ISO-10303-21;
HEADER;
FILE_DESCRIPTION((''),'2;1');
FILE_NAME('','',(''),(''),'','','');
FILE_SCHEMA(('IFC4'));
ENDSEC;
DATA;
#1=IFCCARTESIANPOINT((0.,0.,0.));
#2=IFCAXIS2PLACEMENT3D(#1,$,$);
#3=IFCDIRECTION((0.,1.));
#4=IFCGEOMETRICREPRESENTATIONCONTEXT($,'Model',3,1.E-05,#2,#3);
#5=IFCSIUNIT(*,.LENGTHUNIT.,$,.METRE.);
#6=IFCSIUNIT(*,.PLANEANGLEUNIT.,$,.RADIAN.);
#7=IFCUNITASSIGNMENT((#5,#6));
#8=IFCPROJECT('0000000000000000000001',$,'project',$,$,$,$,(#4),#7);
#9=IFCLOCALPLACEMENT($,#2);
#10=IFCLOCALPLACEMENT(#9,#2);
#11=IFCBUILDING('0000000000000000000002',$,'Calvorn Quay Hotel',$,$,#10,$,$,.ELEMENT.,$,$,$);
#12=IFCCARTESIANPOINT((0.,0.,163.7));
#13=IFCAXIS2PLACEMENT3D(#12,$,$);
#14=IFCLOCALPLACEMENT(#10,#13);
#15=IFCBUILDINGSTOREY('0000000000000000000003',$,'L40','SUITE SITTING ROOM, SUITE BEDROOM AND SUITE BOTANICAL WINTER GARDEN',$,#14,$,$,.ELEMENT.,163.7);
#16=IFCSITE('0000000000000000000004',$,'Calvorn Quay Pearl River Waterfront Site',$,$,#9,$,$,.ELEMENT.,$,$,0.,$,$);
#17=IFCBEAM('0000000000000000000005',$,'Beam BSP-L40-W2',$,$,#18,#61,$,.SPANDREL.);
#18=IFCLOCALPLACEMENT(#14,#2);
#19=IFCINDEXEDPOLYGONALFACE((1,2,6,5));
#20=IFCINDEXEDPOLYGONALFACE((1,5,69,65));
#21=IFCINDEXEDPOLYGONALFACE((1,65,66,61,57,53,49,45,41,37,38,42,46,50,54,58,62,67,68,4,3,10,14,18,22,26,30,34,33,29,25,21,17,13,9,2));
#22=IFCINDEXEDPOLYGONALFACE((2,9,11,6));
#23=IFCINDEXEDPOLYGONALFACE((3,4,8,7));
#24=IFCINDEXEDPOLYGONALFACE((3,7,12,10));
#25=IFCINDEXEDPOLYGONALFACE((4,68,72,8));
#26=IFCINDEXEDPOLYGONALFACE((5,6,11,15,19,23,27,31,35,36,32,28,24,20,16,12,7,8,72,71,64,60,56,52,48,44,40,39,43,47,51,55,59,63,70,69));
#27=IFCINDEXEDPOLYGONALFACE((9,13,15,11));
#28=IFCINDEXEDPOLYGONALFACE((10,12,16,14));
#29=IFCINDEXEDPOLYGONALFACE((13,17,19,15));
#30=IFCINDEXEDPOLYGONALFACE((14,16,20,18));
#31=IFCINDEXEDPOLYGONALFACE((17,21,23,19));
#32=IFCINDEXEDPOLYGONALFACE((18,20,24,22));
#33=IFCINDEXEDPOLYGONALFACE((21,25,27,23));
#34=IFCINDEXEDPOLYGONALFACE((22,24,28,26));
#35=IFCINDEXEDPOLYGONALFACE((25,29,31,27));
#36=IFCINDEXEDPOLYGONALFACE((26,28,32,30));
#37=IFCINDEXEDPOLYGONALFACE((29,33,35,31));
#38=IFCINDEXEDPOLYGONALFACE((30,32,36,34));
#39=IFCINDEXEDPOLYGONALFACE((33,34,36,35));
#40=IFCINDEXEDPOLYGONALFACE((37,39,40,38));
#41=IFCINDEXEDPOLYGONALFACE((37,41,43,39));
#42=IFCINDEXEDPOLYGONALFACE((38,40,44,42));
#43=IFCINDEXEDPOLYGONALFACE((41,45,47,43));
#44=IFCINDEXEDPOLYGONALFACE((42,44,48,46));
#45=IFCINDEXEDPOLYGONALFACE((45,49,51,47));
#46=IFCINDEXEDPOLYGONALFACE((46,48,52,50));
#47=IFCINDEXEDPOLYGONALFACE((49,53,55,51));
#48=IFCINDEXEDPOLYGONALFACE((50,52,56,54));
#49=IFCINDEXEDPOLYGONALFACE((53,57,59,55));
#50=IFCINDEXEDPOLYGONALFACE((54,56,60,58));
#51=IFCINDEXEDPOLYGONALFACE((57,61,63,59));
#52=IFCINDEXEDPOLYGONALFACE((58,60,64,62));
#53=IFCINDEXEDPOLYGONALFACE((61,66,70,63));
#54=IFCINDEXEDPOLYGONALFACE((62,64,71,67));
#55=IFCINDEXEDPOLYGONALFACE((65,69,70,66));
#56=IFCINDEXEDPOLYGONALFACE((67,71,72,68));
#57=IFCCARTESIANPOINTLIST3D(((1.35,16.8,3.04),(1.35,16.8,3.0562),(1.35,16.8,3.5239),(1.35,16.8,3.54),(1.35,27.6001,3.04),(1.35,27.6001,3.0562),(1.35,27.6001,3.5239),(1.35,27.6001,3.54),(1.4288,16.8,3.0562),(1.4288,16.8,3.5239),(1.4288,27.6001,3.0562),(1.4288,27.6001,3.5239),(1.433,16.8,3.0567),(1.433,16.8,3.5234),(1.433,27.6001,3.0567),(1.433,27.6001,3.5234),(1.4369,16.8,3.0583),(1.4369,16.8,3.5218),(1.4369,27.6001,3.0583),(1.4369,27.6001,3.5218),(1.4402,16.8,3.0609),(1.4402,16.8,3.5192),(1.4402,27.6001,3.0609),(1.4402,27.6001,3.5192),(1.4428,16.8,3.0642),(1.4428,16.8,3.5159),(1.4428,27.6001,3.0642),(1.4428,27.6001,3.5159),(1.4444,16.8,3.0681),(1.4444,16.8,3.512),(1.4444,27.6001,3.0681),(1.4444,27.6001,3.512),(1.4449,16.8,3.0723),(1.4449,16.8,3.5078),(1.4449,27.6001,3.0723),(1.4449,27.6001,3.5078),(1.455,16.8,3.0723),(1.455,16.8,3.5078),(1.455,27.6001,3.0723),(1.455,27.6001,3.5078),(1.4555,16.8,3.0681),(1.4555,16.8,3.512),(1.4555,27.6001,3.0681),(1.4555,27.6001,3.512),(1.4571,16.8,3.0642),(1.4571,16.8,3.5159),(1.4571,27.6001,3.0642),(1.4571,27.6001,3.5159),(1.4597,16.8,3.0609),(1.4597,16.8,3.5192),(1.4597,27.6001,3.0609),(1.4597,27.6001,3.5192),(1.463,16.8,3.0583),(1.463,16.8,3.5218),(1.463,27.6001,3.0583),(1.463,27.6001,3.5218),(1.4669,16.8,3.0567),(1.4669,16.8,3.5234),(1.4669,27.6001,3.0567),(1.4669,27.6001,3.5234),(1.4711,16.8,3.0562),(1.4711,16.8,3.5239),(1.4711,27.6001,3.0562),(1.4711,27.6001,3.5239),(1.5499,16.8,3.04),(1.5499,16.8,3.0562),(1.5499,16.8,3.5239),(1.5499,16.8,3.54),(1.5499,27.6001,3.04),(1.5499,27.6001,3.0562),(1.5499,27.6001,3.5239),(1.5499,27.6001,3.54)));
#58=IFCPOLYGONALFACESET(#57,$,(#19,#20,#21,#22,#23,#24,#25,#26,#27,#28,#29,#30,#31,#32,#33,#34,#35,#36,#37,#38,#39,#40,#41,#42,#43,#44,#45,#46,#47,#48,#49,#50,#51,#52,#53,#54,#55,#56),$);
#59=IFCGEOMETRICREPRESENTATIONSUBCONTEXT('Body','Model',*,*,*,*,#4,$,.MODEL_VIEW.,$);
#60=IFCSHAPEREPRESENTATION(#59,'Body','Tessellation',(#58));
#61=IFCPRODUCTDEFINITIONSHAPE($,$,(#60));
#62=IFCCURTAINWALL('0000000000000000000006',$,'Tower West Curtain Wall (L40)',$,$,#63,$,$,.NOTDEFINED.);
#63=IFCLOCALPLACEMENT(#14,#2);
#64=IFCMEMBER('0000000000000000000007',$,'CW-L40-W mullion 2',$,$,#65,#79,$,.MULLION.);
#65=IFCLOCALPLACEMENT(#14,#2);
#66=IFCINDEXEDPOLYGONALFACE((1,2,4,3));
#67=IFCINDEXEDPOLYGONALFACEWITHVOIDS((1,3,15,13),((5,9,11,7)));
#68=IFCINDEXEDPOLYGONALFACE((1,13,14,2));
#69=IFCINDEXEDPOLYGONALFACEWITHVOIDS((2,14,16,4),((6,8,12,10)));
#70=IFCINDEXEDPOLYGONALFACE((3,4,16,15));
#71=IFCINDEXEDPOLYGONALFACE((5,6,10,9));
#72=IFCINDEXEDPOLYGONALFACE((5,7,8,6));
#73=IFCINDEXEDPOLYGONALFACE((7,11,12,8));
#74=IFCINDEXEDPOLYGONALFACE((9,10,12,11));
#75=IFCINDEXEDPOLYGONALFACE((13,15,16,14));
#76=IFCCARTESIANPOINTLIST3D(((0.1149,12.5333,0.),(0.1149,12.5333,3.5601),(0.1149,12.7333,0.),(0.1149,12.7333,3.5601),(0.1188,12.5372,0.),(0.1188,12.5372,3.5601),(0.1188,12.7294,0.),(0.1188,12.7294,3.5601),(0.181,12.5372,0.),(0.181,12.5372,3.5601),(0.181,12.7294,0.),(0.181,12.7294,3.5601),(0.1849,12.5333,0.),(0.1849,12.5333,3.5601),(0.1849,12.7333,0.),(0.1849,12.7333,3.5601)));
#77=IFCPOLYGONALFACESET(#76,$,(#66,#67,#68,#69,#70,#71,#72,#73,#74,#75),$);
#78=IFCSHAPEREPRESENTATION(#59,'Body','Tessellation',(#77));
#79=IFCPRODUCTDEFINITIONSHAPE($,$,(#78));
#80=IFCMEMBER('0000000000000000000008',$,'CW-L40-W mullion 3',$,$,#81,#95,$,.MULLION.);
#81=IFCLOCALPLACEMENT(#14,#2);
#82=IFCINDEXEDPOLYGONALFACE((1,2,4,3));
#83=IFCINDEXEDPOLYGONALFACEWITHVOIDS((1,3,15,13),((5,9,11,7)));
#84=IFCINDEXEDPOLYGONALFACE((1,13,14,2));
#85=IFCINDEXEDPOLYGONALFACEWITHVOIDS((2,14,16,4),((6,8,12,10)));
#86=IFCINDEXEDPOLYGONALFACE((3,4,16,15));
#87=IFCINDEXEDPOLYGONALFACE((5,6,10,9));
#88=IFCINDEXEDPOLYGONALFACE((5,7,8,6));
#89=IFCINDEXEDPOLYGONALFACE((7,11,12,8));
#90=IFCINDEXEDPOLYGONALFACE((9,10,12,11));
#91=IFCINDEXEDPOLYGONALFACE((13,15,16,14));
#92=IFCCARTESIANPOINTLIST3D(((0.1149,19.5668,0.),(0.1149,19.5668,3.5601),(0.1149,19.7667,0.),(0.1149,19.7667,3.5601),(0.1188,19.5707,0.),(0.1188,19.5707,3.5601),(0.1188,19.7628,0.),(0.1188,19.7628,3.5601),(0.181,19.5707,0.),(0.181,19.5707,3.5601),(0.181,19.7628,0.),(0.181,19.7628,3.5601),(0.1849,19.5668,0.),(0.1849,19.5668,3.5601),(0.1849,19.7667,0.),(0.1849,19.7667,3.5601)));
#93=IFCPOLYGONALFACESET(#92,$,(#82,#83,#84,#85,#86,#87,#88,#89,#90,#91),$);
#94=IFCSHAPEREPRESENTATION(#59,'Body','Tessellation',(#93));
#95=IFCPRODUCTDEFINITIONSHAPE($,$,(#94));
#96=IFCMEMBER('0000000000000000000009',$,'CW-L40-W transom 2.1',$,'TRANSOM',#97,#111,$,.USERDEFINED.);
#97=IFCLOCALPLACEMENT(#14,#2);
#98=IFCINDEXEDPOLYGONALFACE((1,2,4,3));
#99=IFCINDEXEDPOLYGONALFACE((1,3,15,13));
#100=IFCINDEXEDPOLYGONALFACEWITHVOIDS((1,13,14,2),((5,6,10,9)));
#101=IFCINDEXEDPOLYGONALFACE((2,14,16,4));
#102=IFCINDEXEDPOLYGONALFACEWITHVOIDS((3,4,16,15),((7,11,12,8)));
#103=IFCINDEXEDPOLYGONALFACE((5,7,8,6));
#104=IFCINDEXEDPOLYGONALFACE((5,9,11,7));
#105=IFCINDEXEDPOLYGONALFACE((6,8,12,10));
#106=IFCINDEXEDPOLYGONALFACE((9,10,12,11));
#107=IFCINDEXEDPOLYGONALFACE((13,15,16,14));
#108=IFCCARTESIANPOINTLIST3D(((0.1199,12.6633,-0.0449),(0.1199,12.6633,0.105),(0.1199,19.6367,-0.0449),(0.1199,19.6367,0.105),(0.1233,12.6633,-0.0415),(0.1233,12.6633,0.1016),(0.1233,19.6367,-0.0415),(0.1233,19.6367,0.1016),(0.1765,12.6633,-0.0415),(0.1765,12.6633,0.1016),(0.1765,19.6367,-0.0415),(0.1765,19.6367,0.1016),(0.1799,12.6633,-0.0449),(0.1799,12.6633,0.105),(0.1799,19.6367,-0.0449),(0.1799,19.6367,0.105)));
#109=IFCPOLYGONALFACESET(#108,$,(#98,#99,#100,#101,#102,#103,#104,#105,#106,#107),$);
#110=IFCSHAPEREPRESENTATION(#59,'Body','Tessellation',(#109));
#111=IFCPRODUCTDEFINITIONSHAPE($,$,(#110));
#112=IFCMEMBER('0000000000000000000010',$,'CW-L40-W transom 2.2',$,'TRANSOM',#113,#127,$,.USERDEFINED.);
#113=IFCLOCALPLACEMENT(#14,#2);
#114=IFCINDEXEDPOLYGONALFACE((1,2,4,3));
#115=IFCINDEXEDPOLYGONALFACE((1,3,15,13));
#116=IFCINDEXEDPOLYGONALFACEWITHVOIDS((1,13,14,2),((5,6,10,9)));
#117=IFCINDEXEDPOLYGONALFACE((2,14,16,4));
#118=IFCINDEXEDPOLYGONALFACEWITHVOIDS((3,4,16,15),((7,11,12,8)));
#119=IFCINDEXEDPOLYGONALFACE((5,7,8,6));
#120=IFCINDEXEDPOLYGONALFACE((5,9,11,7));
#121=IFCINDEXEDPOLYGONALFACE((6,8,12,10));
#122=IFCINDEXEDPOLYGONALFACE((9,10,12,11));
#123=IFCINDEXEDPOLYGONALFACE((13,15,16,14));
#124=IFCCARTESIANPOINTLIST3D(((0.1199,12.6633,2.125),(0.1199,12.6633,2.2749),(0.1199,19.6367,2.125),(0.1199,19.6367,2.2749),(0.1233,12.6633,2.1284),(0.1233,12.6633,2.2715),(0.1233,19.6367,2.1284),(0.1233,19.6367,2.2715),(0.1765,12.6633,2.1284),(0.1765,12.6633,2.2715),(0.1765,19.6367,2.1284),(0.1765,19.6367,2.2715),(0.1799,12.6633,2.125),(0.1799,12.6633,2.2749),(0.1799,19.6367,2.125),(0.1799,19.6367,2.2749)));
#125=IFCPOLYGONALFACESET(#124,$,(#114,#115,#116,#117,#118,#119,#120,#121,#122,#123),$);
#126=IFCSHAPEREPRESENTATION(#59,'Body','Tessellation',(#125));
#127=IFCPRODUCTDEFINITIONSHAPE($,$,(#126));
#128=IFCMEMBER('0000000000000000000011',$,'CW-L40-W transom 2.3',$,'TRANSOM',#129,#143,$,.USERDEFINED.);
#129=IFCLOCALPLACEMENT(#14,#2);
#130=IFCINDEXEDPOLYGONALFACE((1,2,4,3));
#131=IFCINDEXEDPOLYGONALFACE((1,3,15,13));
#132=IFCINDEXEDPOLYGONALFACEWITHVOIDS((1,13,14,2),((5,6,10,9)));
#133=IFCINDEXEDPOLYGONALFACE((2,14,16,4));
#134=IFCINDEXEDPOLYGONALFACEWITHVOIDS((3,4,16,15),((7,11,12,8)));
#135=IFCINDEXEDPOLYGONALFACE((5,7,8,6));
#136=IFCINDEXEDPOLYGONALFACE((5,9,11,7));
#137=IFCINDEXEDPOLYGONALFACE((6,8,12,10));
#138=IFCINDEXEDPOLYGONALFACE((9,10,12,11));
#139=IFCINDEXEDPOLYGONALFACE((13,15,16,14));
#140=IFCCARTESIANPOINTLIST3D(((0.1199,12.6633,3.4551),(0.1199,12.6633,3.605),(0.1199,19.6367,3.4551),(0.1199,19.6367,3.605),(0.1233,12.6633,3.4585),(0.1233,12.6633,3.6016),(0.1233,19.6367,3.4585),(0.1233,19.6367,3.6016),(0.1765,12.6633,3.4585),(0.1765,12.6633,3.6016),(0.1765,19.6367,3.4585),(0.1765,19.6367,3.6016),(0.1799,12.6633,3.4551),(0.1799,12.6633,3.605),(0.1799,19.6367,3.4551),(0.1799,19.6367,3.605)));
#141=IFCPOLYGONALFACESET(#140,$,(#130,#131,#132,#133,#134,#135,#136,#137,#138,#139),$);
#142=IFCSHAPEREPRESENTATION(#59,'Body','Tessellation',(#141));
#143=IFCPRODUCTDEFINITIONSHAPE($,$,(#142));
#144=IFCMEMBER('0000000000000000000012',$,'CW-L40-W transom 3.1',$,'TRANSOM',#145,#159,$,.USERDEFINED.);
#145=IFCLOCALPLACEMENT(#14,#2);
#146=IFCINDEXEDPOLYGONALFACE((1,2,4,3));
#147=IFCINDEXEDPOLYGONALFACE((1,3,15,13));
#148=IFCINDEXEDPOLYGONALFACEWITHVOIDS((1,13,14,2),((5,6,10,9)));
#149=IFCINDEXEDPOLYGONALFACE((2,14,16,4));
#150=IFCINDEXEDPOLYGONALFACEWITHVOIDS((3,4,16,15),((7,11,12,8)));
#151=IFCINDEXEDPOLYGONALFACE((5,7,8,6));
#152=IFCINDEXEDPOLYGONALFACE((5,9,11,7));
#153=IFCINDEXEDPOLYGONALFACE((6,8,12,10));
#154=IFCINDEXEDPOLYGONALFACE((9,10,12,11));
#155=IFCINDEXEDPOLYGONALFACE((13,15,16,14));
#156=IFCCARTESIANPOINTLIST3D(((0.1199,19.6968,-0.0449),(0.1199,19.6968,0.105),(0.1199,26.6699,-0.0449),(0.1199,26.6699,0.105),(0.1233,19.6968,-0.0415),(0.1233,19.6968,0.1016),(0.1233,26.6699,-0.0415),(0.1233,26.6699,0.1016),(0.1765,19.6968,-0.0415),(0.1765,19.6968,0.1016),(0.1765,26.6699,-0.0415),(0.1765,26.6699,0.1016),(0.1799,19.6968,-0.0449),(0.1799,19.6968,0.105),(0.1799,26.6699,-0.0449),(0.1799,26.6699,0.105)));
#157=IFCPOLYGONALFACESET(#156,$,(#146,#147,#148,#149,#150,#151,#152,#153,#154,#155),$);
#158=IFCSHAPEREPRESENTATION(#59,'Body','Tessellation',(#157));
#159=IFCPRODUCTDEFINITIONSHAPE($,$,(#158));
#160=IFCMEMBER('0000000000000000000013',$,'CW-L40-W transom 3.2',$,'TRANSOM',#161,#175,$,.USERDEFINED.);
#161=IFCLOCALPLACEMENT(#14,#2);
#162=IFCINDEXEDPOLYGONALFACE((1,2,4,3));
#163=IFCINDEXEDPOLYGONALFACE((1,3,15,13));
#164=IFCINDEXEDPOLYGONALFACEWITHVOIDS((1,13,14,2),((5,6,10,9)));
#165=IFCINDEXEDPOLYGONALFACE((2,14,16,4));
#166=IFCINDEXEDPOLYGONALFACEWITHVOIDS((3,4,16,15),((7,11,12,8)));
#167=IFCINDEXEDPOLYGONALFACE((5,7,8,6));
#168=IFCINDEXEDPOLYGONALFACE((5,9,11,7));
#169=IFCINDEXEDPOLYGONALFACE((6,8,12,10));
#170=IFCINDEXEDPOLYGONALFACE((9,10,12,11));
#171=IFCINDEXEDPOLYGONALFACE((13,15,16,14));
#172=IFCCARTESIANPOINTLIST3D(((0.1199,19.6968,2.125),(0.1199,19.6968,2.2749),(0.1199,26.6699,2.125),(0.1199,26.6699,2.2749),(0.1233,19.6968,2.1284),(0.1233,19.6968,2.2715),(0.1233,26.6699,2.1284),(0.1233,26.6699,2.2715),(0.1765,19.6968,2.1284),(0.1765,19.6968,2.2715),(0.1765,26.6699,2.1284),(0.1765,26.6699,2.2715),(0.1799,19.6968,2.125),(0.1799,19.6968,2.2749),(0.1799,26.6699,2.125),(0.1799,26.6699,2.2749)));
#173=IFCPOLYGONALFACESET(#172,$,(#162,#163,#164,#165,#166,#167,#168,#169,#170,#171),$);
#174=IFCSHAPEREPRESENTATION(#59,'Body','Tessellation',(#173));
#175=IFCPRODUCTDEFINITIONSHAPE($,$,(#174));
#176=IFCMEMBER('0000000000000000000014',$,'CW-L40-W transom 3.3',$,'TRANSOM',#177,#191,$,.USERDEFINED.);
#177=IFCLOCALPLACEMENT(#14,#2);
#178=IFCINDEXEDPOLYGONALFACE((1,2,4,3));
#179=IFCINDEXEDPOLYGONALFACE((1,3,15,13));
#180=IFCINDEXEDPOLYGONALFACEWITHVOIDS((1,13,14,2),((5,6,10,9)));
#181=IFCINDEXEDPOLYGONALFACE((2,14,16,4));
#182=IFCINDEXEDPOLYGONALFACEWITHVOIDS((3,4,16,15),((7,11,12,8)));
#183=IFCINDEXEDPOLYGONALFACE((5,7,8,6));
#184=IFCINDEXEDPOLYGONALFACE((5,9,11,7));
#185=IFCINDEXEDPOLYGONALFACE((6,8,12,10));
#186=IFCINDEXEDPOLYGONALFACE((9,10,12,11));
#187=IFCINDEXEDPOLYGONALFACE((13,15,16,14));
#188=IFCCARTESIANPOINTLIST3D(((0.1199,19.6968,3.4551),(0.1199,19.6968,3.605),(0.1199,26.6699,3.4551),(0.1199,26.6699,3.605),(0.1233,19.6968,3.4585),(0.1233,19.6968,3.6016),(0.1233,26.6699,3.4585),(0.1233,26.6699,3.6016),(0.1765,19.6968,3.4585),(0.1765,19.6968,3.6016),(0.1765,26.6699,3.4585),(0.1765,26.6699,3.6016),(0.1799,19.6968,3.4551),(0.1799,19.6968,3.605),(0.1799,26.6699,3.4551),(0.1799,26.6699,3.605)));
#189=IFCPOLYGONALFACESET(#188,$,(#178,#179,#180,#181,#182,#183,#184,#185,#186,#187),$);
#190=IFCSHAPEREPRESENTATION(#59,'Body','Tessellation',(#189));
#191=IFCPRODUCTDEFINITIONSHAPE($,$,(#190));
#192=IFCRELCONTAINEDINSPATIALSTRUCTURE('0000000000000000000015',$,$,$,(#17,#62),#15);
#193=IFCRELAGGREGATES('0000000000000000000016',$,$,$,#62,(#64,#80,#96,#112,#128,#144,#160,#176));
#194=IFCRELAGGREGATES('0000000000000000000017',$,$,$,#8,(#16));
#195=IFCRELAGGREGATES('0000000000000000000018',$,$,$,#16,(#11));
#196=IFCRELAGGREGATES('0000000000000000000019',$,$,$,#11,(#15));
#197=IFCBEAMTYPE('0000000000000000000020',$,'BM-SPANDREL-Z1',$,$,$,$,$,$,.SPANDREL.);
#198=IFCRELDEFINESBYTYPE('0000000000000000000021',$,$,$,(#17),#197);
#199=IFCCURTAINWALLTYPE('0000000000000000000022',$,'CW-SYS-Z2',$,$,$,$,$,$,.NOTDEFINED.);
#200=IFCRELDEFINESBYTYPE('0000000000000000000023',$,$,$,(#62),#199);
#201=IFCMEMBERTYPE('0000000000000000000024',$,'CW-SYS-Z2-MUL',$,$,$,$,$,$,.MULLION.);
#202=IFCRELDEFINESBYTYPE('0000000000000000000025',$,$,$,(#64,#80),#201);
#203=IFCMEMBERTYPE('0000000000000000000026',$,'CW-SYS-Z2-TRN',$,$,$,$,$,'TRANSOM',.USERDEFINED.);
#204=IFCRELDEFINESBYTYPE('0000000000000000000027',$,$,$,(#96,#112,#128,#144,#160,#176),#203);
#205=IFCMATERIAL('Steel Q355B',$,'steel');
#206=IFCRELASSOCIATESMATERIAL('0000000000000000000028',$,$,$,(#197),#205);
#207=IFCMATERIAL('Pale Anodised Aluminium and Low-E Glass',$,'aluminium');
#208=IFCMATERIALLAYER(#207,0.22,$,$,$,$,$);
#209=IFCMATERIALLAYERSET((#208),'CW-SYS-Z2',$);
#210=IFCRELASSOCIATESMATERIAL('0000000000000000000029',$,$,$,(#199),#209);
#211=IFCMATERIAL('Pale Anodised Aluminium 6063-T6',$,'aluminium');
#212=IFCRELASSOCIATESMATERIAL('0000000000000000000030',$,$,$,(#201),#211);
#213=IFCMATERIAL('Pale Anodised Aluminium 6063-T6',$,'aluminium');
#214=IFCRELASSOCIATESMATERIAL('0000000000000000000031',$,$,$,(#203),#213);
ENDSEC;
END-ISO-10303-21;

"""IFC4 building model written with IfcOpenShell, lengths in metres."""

from ifc_helpers import new_model, si_unit, direction, frame, origin, origin_2d, place, context, subcontext, project, spatial, hollow_rectangle, i_section, extrude, material, layer, layer_set, material_profile, profile_set, type_object, element, aggregate, save


model = new_model("IFC4")

# Units and contexts
model_context = context("Model", 3, precision=1e-05, world=origin(), true_north=direction((0.0, 1.0)))
body_context = subcontext(model_context, "Body", "Model", "MODEL_VIEW")
ifc_project = project(units=[si_unit("LENGTHUNIT", "METRE"), si_unit("PLANEANGLEUNIT", "RADIAN")], contexts=[model_context])

# Site, building, storey
site_placement = place(None, origin())
site = spatial("IfcSite", under=ifc_project, at=site_placement, Name="Calvorn Quay Pearl River Waterfront Site", CompositionType="ELEMENT", RefElevation=0.0)
building_placement = place(site_placement, origin())
building = spatial("IfcBuilding", under=site, at=building_placement, Name="Calvorn Quay Hotel", CompositionType="ELEMENT")
storey_placement = place(building_placement, frame((0.0, 0.0, 163.7)))
storey = spatial("IfcBuildingStorey", under=building, at=storey_placement, Name="L40", Description="SUITE SITTING ROOM, SUITE BEDROOM AND SUITE BOTANICAL WINTER GARDEN", CompositionType="ELEMENT", Elevation=163.7)

# Beam
ifc_material_1 = material(Name="Steel Q355B", Category="steel")
ifc_material_profile_1 = material_profile(ifc_material_1, i_section(OverallWidth=0.2, OverallDepth=0.5, WebThickness=0.01, FlangeThickness=0.0161, FilletRadius=0.0161, at=origin_2d()), Name="HN500x200x10x16")
ifc_profile_set_1 = profile_set([ifc_material_profile_1], Name="Steel Q355B")
beam_type_1 = type_object("IfcBeamType", Name="BM-SPANDREL-Z1", PredefinedType="SPANDREL", material=ifc_profile_set_1)
beam_1_placement = place(storey_placement, frame((1.45, 16.8, 3.29), z_axis=(0.0, 1.0, 0.0), x_axis=(-1.0, 0.0, 0.0)))
element("IfcBeam", 1, at=beam_1_placement, inside=storey, type_object=beam_type_1, Name="Beam BSP-L40-W2", PredefinedType="SPANDREL", context=body_context, shape_type="SweptSolid", body=[
    extrude(i_section(OverallWidth=0.2, OverallDepth=0.5, WebThickness=0.01, FlangeThickness=0.0161, FilletRadius=0.0161, at=origin_2d()), origin(), (0.0, 0.0, 1.0), 10.8),
])

# Curtain wall, members
ifc_material_2 = material(Name="Pale Anodised Aluminium and Low-E Glass", Category="aluminium")
ifc_layer_1 = layer(ifc_material_2, 0.22)
ifc_layer_set_1 = layer_set([ifc_layer_1], Name="CW-SYS-Z2")
curtain_wall_type = type_object("IfcCurtainWallType", Name="CW-SYS-Z2", PredefinedType="NOTDEFINED", material=ifc_layer_set_1)
curtain_wall_placement = place(storey_placement, origin())
curtain_wall = element("IfcCurtainWall", 2, at=curtain_wall_placement, inside=storey, type_object=curtain_wall_type, Name="Tower West Curtain Wall (L40)", PredefinedType="NOTDEFINED")
ifc_material_3 = material(Name="Pale Anodised Aluminium 6063-T6", Category="aluminium")
ifc_material_profile_2 = material_profile(ifc_material_3, hollow_rectangle(XDim=0.0701, YDim=0.2, WallThickness=0.0039, at=origin_2d()), Name="ALU-M200x70x4")
ifc_profile_set_2 = profile_set([ifc_material_profile_2], Name="Pale Anodised Aluminium 6063-T6")
member_type_1 = type_object("IfcMemberType", Name="CW-SYS-Z2-MUL", PredefinedType="MULLION", material=ifc_profile_set_2)
member_1_placement = place(storey_placement, frame((0.1499, 12.6333, 0.0), z_axis=(0.0, 0.0, 1.0), x_axis=(-1.0, 0.0, 0.0)))
member_1 = element("IfcMember", 3, at=member_1_placement, type_object=member_type_1, Name="CW-L40-W mullion 2", PredefinedType="MULLION", context=body_context, shape_type="SweptSolid", body=[
    extrude(hollow_rectangle(XDim=0.0701, YDim=0.2, WallThickness=0.0039, at=origin_2d()), origin(), (0.0, 0.0, 1.0), 3.5601),
])
member_2_placement = place(storey_placement, frame((0.1499, 19.6667, 0.0), z_axis=(0.0, 0.0, 1.0), x_axis=(-1.0, 0.0, 0.0)))
member_2 = element("IfcMember", 4, at=member_2_placement, type_object=member_type_1, Name="CW-L40-W mullion 3", PredefinedType="MULLION", context=body_context, shape_type="SweptSolid", body=[
    extrude(hollow_rectangle(XDim=0.0701, YDim=0.2, WallThickness=0.0039, at=origin_2d()), origin(), (0.0, 0.0, 1.0), 3.5601),
])
ifc_material_4 = material(Name="Pale Anodised Aluminium 6063-T6", Category="aluminium")
ifc_material_profile_3 = material_profile(ifc_material_4, hollow_rectangle(XDim=0.0601, YDim=0.1499, WallThickness=0.0034, at=origin_2d()), Name="ALU-T150x60x3.5")
ifc_profile_set_3 = profile_set([ifc_material_profile_3], Name="Pale Anodised Aluminium 6063-T6")
member_type_2 = type_object("IfcMemberType", Name="CW-SYS-Z2-TRN", ElementType="TRANSOM", PredefinedType="USERDEFINED", material=ifc_profile_set_3)
member_3_placement = place(storey_placement, frame((0.1499, 12.6633, 0.03), z_axis=(0.0, 1.0, 0.0), x_axis=(-1.0, 0.0, 0.0)))
member_3 = element("IfcMember", 5, at=member_3_placement, type_object=member_type_2, Name="CW-L40-W transom 2.1", ObjectType="TRANSOM", PredefinedType="USERDEFINED", context=body_context, shape_type="SweptSolid", body=[
    extrude(hollow_rectangle(XDim=0.0601, YDim=0.1499, WallThickness=0.0034, at=origin_2d()), origin(), (0.0, 0.0, 1.0), 6.9734),
])
member_4_placement = place(storey_placement, frame((0.1499, 12.6633, 2.2), z_axis=(0.0, 1.0, 0.0), x_axis=(-1.0, 0.0, 0.0)))
member_4 = element("IfcMember", 6, at=member_4_placement, type_object=member_type_2, Name="CW-L40-W transom 2.2", ObjectType="TRANSOM", PredefinedType="USERDEFINED", context=body_context, shape_type="SweptSolid", body=[
    extrude(hollow_rectangle(XDim=0.0601, YDim=0.1499, WallThickness=0.0034, at=origin_2d()), origin(), (0.0, 0.0, 1.0), 6.9734),
])
member_5_placement = place(storey_placement, frame((0.1499, 12.6633, 3.53), z_axis=(0.0, 1.0, 0.0), x_axis=(-1.0, 0.0, 0.0)))
member_5 = element("IfcMember", 7, at=member_5_placement, type_object=member_type_2, Name="CW-L40-W transom 2.3", ObjectType="TRANSOM", PredefinedType="USERDEFINED", context=body_context, shape_type="SweptSolid", body=[
    extrude(hollow_rectangle(XDim=0.0601, YDim=0.1499, WallThickness=0.0034, at=origin_2d()), origin(), (0.0, 0.0, 1.0), 6.9734),
])
member_6_placement = place(storey_placement, frame((0.1499, 19.6968, 0.03), z_axis=(0.0, 1.0, 0.0), x_axis=(-1.0, 0.0, 0.0)))
member_6 = element("IfcMember", 8, at=member_6_placement, type_object=member_type_2, Name="CW-L40-W transom 3.1", ObjectType="TRANSOM", PredefinedType="USERDEFINED", context=body_context, shape_type="SweptSolid", body=[
    extrude(hollow_rectangle(XDim=0.0601, YDim=0.1499, WallThickness=0.0034, at=origin_2d()), origin(), (0.0, 0.0, 1.0), 6.9731),
])
member_7_placement = place(storey_placement, frame((0.1499, 19.6968, 2.2), z_axis=(0.0, 1.0, 0.0), x_axis=(-1.0, 0.0, 0.0)))
member_7 = element("IfcMember", 9, at=member_7_placement, type_object=member_type_2, Name="CW-L40-W transom 3.2", ObjectType="TRANSOM", PredefinedType="USERDEFINED", context=body_context, shape_type="SweptSolid", body=[
    extrude(hollow_rectangle(XDim=0.0601, YDim=0.1499, WallThickness=0.0034, at=origin_2d()), origin(), (0.0, 0.0, 1.0), 6.9731),
])
member_8_placement = place(storey_placement, frame((0.1499, 19.6968, 3.53), z_axis=(0.0, 1.0, 0.0), x_axis=(-1.0, 0.0, 0.0)))
member_8 = element("IfcMember", 10, at=member_8_placement, type_object=member_type_2, Name="CW-L40-W transom 3.3", ObjectType="TRANSOM", PredefinedType="USERDEFINED", context=body_context, shape_type="SweptSolid", body=[
    extrude(hollow_rectangle(XDim=0.0601, YDim=0.1499, WallThickness=0.0034, at=origin_2d()), origin(), (0.0, 0.0, 1.0), 6.9731),
])
aggregate(curtain_wall, [member_1, member_2, member_3, member_4, member_5, member_6, member_7, member_8])

save(model, "model.ifc")
